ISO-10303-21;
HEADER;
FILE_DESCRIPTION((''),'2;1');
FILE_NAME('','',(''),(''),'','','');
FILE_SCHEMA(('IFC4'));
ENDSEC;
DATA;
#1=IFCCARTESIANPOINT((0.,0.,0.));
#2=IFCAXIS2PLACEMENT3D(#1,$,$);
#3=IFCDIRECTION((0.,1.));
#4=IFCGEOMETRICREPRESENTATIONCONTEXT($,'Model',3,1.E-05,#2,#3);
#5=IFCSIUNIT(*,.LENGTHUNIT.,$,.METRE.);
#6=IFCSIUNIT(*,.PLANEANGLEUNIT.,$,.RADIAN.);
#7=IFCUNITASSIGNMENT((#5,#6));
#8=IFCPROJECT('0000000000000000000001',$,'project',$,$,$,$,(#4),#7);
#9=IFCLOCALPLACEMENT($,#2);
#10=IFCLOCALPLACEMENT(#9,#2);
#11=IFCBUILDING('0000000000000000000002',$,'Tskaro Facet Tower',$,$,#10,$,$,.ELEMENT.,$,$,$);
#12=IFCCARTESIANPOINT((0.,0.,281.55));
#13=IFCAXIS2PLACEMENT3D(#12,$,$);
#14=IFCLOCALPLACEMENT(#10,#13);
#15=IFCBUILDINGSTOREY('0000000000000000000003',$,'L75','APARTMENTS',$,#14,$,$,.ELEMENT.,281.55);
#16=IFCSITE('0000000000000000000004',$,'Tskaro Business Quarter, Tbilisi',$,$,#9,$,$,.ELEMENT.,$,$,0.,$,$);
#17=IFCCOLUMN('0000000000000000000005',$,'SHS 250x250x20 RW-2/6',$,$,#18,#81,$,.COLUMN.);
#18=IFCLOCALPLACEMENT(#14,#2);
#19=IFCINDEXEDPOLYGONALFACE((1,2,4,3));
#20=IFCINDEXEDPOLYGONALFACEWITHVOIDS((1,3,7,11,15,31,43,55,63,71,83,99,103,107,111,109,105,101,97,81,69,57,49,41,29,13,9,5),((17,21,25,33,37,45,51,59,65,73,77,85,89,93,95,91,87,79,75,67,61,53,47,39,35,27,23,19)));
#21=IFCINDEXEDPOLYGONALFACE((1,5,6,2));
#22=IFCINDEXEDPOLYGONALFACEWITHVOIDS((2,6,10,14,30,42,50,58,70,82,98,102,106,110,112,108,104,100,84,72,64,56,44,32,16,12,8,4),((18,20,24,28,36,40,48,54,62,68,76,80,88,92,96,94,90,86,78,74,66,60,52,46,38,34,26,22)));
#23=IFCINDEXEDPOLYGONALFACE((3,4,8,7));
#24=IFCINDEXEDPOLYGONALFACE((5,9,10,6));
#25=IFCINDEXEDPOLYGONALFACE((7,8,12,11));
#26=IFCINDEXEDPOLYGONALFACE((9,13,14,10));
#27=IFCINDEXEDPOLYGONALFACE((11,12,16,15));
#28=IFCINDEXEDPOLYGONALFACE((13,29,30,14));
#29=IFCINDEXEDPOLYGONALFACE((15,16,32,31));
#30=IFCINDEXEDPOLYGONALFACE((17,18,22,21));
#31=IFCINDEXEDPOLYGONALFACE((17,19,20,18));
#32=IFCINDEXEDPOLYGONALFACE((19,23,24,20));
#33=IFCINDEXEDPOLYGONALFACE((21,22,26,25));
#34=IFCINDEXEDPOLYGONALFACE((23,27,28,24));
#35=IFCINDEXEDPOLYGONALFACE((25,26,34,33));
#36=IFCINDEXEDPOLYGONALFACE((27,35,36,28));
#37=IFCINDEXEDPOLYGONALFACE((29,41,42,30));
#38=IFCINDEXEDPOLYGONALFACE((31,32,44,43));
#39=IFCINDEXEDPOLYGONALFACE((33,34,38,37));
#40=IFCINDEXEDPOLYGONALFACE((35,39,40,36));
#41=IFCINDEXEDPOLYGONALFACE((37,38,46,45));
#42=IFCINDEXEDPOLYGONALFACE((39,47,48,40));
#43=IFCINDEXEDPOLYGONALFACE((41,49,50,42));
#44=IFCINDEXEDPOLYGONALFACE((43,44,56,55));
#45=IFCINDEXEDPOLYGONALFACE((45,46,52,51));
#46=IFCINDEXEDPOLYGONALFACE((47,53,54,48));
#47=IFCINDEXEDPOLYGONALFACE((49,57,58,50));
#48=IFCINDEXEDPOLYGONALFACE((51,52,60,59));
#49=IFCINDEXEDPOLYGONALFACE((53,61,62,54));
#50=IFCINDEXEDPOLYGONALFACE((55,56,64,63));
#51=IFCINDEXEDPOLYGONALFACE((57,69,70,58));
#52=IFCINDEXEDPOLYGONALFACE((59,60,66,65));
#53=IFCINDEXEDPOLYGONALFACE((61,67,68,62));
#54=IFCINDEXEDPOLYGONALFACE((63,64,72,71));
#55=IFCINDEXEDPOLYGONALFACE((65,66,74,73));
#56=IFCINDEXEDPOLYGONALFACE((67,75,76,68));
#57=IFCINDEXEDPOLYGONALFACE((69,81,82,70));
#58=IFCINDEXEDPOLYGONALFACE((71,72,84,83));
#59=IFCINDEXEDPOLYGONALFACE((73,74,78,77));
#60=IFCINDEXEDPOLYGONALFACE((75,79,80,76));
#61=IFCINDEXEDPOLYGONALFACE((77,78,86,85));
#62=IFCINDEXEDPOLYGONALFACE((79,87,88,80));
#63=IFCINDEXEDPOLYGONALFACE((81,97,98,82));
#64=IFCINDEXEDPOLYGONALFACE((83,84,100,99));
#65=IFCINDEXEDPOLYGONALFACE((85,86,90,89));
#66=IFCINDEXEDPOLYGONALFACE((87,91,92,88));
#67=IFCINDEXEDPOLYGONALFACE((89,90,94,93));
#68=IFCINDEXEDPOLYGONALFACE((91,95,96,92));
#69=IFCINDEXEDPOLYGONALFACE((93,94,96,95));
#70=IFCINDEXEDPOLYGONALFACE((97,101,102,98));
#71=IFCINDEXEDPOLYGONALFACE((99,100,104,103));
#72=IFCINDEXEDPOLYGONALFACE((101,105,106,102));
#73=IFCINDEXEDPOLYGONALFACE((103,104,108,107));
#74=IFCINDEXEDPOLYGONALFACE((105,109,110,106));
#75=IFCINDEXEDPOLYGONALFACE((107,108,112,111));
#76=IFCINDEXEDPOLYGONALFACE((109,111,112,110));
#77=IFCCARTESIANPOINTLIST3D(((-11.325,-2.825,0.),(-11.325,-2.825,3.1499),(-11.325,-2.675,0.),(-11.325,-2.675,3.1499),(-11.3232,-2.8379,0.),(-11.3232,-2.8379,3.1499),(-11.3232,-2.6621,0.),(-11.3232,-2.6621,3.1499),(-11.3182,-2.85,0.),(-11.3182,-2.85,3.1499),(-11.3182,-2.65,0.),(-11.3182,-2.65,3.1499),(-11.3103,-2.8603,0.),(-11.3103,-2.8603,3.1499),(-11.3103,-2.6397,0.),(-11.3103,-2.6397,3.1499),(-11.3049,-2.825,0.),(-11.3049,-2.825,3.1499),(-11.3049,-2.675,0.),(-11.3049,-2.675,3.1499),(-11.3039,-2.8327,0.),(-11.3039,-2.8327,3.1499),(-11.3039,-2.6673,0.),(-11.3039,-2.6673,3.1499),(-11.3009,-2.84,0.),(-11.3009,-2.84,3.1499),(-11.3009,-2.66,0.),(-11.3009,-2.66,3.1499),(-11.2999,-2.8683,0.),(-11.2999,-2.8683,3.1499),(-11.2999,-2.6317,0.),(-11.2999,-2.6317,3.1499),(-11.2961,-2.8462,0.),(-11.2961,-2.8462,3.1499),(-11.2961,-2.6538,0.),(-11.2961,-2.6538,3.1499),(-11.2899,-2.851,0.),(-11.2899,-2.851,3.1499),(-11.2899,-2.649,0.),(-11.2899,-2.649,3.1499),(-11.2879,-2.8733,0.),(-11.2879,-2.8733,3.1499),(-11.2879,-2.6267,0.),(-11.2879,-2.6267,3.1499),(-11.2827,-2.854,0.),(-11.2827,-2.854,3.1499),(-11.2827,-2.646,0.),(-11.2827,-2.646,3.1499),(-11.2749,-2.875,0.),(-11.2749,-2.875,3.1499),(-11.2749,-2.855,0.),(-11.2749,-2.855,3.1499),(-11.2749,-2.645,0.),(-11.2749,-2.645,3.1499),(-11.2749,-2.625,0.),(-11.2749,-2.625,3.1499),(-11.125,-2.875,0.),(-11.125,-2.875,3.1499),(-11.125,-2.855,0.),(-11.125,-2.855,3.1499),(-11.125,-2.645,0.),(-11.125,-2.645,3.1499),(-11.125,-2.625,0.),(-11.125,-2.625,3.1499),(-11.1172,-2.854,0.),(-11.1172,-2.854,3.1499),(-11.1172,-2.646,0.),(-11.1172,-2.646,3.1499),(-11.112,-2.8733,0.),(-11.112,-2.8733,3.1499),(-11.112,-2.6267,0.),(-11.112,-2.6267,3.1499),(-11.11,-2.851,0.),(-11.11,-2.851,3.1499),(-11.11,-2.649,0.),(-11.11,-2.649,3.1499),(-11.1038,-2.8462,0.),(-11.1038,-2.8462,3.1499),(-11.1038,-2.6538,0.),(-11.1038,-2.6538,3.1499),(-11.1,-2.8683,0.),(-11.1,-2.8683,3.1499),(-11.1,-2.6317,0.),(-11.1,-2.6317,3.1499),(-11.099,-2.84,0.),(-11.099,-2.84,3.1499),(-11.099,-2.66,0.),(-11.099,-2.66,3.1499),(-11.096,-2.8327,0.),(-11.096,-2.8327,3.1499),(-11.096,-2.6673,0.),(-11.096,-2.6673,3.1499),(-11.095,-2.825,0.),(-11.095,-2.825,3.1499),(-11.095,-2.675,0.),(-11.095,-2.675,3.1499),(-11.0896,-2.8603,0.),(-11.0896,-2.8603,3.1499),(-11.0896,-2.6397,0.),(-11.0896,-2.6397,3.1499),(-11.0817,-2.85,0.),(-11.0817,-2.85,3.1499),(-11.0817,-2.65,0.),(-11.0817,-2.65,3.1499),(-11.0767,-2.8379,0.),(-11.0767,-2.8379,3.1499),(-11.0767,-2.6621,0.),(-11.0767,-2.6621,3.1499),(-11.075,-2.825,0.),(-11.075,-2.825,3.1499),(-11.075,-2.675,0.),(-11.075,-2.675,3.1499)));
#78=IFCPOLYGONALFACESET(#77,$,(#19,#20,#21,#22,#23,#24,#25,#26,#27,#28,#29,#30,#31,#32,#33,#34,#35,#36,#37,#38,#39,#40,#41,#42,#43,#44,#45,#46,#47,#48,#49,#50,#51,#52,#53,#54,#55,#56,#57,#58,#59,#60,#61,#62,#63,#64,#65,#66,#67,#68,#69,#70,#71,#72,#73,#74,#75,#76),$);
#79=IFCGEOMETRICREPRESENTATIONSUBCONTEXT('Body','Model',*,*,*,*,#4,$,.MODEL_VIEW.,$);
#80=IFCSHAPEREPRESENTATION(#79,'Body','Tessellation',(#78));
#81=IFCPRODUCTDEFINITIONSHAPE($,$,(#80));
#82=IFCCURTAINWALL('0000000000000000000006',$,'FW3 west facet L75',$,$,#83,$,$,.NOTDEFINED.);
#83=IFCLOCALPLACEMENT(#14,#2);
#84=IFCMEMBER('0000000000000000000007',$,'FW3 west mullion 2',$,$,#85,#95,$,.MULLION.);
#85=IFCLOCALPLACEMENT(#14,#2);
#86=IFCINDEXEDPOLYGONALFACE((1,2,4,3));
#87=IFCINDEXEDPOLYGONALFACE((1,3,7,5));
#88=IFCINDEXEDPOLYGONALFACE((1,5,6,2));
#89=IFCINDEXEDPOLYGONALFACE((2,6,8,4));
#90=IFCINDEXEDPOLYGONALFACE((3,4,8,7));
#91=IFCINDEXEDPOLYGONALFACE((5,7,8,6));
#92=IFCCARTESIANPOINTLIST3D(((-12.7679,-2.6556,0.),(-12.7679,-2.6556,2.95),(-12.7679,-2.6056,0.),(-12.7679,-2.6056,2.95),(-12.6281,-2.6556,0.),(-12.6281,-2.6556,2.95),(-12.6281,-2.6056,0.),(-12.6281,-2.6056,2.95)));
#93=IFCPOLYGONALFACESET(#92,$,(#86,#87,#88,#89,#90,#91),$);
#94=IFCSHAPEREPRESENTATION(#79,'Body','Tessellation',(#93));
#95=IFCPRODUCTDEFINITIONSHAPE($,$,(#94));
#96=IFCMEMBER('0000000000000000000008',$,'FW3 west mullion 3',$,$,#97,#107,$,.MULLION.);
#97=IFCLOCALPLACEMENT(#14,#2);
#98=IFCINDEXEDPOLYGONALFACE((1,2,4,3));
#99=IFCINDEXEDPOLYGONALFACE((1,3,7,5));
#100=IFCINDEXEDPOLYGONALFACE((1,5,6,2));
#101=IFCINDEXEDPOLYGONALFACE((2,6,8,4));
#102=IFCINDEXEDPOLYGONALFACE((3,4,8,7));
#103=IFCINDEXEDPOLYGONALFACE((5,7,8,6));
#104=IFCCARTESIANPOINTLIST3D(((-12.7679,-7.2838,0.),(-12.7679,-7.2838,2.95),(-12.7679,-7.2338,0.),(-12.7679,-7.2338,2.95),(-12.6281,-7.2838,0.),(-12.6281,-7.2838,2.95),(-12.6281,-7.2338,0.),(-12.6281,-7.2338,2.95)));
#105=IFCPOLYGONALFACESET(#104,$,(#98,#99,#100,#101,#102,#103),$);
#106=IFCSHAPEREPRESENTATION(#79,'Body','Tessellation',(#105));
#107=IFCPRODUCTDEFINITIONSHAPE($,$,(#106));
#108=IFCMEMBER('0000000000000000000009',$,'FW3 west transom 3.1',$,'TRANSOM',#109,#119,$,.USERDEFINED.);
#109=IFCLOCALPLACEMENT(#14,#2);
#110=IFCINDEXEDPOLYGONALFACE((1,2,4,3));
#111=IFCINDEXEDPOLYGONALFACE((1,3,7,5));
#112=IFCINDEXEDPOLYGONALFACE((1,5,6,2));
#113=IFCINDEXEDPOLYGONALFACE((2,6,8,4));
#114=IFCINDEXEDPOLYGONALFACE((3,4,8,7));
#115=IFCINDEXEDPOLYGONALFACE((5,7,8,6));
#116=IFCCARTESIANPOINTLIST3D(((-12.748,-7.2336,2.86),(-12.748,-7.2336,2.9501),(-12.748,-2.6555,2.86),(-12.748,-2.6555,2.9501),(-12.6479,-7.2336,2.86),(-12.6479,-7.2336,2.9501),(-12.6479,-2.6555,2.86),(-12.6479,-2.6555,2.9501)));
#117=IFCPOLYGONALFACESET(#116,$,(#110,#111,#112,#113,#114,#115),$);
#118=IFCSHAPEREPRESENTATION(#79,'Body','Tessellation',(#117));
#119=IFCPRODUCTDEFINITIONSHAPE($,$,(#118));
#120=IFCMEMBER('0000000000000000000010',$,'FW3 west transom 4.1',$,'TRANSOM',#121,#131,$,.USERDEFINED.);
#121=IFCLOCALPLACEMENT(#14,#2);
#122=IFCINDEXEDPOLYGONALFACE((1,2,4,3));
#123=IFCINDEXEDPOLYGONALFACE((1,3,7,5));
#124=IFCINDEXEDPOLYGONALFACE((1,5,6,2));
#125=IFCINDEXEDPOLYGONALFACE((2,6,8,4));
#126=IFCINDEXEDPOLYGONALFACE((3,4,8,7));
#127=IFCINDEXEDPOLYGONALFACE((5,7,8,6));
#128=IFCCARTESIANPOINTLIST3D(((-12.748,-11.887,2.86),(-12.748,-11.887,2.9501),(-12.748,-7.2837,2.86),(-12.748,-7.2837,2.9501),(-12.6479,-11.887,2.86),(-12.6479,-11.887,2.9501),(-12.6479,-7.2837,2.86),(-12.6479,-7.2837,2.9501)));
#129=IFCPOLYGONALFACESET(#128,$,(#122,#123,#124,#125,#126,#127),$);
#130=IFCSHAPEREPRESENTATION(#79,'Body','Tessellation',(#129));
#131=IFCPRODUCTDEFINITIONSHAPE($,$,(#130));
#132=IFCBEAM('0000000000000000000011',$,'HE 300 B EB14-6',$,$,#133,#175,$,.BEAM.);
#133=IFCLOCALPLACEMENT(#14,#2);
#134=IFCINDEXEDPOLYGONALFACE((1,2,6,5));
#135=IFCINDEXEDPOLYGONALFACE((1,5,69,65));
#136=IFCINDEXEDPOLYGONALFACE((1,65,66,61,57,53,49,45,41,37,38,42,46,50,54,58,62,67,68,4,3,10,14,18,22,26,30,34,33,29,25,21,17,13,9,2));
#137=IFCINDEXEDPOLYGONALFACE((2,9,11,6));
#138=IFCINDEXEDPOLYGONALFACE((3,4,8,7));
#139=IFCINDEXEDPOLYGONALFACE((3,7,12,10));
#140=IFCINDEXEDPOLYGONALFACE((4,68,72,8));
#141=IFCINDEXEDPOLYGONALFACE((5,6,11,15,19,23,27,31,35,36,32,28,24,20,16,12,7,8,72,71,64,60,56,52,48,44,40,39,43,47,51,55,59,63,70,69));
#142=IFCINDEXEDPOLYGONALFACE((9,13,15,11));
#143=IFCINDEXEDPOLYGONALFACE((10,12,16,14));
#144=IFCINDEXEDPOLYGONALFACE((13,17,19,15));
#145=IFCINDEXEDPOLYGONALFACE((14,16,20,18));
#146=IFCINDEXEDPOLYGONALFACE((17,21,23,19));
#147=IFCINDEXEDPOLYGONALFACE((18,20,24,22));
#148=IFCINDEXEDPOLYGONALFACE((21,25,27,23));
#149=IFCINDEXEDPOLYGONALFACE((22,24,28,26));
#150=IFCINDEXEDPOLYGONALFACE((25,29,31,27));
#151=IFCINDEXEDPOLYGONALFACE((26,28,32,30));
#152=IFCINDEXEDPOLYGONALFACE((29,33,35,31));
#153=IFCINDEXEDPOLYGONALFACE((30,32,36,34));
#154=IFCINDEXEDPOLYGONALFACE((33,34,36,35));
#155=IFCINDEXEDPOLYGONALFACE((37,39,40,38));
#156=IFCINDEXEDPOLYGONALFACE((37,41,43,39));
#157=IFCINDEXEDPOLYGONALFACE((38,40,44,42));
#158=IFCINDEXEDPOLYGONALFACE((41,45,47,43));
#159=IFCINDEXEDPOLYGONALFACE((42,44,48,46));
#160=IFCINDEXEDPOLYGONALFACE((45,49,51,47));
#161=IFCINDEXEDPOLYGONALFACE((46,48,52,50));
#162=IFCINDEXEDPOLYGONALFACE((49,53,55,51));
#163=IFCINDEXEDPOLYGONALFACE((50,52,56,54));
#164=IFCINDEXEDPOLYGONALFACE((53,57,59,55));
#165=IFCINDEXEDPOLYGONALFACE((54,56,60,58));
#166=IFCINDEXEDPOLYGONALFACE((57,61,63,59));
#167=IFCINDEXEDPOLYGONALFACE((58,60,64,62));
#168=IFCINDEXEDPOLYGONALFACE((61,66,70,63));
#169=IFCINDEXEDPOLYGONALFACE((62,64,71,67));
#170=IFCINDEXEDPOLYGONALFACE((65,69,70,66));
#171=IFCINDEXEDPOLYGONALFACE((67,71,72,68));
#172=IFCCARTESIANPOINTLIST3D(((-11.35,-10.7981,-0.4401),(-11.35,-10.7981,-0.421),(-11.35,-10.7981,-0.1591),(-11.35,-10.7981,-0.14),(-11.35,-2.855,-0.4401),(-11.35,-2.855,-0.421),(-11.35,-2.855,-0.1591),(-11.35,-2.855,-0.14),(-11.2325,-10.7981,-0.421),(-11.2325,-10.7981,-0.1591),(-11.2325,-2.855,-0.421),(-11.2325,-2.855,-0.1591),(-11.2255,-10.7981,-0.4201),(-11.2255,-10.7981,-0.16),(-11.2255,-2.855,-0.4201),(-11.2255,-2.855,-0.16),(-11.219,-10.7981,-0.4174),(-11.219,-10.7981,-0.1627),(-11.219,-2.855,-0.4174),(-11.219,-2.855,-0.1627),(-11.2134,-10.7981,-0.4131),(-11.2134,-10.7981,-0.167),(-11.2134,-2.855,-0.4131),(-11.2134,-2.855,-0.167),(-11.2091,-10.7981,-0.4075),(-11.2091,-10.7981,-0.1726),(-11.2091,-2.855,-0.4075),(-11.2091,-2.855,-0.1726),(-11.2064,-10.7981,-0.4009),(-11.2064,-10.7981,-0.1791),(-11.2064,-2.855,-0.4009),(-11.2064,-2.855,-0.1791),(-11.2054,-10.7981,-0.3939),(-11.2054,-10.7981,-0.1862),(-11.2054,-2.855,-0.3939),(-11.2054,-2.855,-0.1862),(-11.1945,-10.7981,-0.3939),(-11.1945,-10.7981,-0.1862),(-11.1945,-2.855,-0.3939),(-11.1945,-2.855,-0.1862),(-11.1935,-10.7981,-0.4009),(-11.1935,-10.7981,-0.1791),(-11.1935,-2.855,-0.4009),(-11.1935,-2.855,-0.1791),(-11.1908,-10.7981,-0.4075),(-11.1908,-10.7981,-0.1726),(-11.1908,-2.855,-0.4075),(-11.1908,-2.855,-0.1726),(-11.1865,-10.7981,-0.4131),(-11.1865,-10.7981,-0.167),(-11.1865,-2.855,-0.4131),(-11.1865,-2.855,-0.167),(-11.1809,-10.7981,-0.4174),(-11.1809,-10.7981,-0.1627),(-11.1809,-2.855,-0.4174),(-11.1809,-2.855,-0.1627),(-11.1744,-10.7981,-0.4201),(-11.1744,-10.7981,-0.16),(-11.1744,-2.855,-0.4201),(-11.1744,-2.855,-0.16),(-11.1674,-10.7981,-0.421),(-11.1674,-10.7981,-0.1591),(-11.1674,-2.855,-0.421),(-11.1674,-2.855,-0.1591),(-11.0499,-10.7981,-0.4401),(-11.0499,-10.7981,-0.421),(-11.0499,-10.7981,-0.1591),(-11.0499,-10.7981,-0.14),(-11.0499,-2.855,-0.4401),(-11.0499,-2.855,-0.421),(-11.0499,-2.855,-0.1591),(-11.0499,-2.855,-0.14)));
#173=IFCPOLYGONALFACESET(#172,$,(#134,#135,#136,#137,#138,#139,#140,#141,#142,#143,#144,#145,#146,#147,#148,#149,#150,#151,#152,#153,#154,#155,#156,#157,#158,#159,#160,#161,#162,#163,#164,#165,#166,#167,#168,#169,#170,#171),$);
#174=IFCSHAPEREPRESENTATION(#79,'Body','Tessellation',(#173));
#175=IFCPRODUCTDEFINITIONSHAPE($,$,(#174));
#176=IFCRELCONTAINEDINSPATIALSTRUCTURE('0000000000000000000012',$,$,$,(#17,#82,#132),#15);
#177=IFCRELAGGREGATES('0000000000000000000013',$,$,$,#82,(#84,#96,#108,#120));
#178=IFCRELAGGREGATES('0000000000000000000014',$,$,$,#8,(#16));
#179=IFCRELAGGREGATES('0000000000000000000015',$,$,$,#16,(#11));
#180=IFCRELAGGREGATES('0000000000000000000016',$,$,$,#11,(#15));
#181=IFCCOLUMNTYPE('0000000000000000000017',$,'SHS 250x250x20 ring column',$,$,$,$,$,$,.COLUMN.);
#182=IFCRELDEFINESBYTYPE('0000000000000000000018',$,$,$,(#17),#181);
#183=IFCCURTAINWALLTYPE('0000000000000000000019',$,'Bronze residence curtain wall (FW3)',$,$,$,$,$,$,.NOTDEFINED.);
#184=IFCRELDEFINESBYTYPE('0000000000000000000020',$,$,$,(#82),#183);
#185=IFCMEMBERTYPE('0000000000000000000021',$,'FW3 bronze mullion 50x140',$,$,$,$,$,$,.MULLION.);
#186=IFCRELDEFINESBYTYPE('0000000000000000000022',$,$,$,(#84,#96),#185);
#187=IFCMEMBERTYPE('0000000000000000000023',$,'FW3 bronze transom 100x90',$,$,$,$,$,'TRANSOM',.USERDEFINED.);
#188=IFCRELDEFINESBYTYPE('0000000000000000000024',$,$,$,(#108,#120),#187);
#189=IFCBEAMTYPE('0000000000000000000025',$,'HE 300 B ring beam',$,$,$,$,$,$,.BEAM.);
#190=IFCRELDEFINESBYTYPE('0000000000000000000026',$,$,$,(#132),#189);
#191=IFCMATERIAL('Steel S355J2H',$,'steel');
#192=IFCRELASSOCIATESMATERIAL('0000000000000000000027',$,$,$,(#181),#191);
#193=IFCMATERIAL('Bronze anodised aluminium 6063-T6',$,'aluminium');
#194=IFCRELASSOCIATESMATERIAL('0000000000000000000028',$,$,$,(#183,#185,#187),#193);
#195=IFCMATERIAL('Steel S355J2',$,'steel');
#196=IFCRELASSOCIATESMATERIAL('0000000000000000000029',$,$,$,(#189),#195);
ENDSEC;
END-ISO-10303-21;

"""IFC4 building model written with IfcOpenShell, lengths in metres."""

from ifc_helpers import new_model, si_unit, direction, frame, origin, origin_2d, place, context, subcontext, project, spatial, rectangle, hollow_rectangle, i_section, extrude, material, material_profile, profile_set, type_object, element, aggregate, save


model = new_model("IFC4")

# Units and contexts
model_context = context("Model", 3, precision=1e-05, world=origin(), true_north=direction((0.0, 1.0)))
body_context = subcontext(model_context, "Body", "Model", "MODEL_VIEW")
ifc_project = project(units=[si_unit("LENGTHUNIT", "METRE"), si_unit("PLANEANGLEUNIT", "RADIAN")], contexts=[model_context])

# Site, building, storey
site_placement = place(None, origin())
site = spatial("IfcSite", under=ifc_project, at=site_placement, Name="Tskaro Business Quarter, Tbilisi", CompositionType="ELEMENT", RefElevation=0.0)
building_placement = place(site_placement, origin())
building = spatial("IfcBuilding", under=site, at=building_placement, Name="Tskaro Facet Tower", CompositionType="ELEMENT")
storey_placement = place(building_placement, frame((0.0, 0.0, 281.55)))
storey = spatial("IfcBuildingStorey", under=building, at=storey_placement, Name="L75", Description="APARTMENTS", CompositionType="ELEMENT", Elevation=281.55)

# Column
ifc_material_1 = material(Name="Steel S355J2H", Category="steel")
ifc_material_profile_1 = material_profile(ifc_material_1, hollow_rectangle(XDim=0.25, YDim=0.25, WallThickness=0.02, InnerFilletRadius=0.03, OuterFilletRadius=0.05, at=origin_2d()), Name="SHS 250x250x20")
ifc_profile_set_1 = profile_set([ifc_material_profile_1], Name="Steel S355J2H")
column_type = type_object("IfcColumnType", Name="SHS 250x250x20 ring column", PredefinedType="COLUMN", material=ifc_profile_set_1)
column_placement = place(storey_placement, frame((-11.2, -2.75, 0.0), z_axis=(0.0, 0.0, 1.0), x_axis=(1.0, 0.0, 0.0)))
element("IfcColumn", 1, at=column_placement, inside=storey, type_object=column_type, Name="SHS 250x250x20 RW-2/6", PredefinedType="COLUMN", context=body_context, shape_type="SweptSolid", body=[
    extrude(hollow_rectangle(XDim=0.25, YDim=0.25, WallThickness=0.02, InnerFilletRadius=0.03, OuterFilletRadius=0.05, at=origin_2d()), origin(), (0.0, 0.0, 1.0), 3.1499),
])

# Curtain wall, members
ifc_material_2 = material(Name="Bronze anodised aluminium 6063-T6", Category="aluminium")
curtain_wall_type = type_object("IfcCurtainWallType", Name="Bronze residence curtain wall (FW3)", PredefinedType="NOTDEFINED", material=ifc_material_2)
curtain_wall_placement = place(storey_placement, origin())
curtain_wall = element("IfcCurtainWall", 2, at=curtain_wall_placement, inside=storey, type_object=curtain_wall_type, Name="FW3 west facet L75", PredefinedType="NOTDEFINED")
ifc_material_profile_2 = material_profile(ifc_material_2, rectangle(XDim=0.05, YDim=0.1399, at=origin_2d()), Name="Mullion 50x140")
ifc_profile_set_2 = profile_set([ifc_material_profile_2], Name="Bronze anodised aluminium 6063-T6")
member_type_1 = type_object("IfcMemberType", Name="FW3 bronze mullion 50x140", PredefinedType="MULLION", material=ifc_profile_set_2)
member_1_placement = place(storey_placement, frame((-12.698, -2.6306, 0.0), z_axis=(0.0, 0.0, 1.0), x_axis=(0.0, -1.0, 0.0)))
member_1 = element("IfcMember", 3, at=member_1_placement, type_object=member_type_1, Name="FW3 west mullion 2", PredefinedType="MULLION", context=body_context, shape_type="SweptSolid", body=[
    extrude(rectangle(XDim=0.05, YDim=0.1399, at=origin_2d()), origin(), (0.0, 0.0, 1.0), 2.95),
])
member_2_placement = place(storey_placement, frame((-12.698, -7.2588, 0.0), z_axis=(0.0, 0.0, 1.0), x_axis=(0.0, -1.0, 0.0)))
member_2 = element("IfcMember", 4, at=member_2_placement, type_object=member_type_1, Name="FW3 west mullion 3", PredefinedType="MULLION", context=body_context, shape_type="SweptSolid", body=[
    extrude(rectangle(XDim=0.05, YDim=0.1399, at=origin_2d()), origin(), (0.0, 0.0, 1.0), 2.95),
])
ifc_material_profile_3 = material_profile(ifc_material_2, rectangle(XDim=0.1001, YDim=0.0901, at=origin_2d()), Name="Transom 100x90")
ifc_profile_set_3 = profile_set([ifc_material_profile_3], Name="Bronze anodised aluminium 6063-T6")
member_type_2 = type_object("IfcMemberType", Name="FW3 bronze transom 100x90", ElementType="TRANSOM", PredefinedType="USERDEFINED", material=ifc_profile_set_3)
member_3_placement = place(storey_placement, frame((-12.698, -2.6555, 2.905), z_axis=(0.0, -1.0, 0.0), x_axis=(1.0, 0.0, 0.0)))
member_3 = element("IfcMember", 5, at=member_3_placement, type_object=member_type_2, Name="FW3 west transom 3.1", ObjectType="TRANSOM", PredefinedType="USERDEFINED", context=body_context, shape_type="SweptSolid", body=[
    extrude(rectangle(XDim=0.1001, YDim=0.0901, at=origin_2d()), origin(), (0.0, 0.0, 1.0), 4.5781),
])
member_4_placement = place(storey_placement, frame((-12.698, -7.2837, 2.905), z_axis=(0.0, -1.0, 0.0), x_axis=(1.0, 0.0, 0.0)))
member_4 = element("IfcMember", 6, at=member_4_placement, type_object=member_type_2, Name="FW3 west transom 4.1", ObjectType="TRANSOM", PredefinedType="USERDEFINED", context=body_context, shape_type="SweptSolid", body=[
    extrude(rectangle(XDim=0.1001, YDim=0.0901, at=origin_2d()), origin(), (0.0, 0.0, 1.0), 4.6033),
])

# Beam
ifc_material_3 = material(Name="Steel S355J2", Category="steel")
ifc_material_profile_4 = material_profile(ifc_material_3, i_section(OverallWidth=0.3, OverallDepth=0.3, WebThickness=0.011, FlangeThickness=0.019, FilletRadius=0.0271, at=origin_2d()), Name="HE 300 B")
ifc_profile_set_4 = profile_set([ifc_material_profile_4], Name="Steel S355J2")
beam_type_1 = type_object("IfcBeamType", Name="HE 300 B ring beam", PredefinedType="BEAM", material=ifc_profile_set_4)
beam_1_placement = place(storey_placement, frame((-11.2, -2.855, -0.29), z_axis=(0.0, -1.0, 0.0), x_axis=(1.0, 0.0, 0.0)))
element("IfcBeam", 7, at=beam_1_placement, inside=storey, type_object=beam_type_1, Name="HE 300 B EB14-6", PredefinedType="BEAM", context=body_context, shape_type="SweptSolid", body=[
    extrude(i_section(OverallWidth=0.3, OverallDepth=0.3, WebThickness=0.011, FlangeThickness=0.019, FilletRadius=0.0271, at=origin_2d()), origin(), (0.0, 0.0, 1.0), 7.9431),
])

aggregate(curtain_wall, [member_1, member_2, member_3, member_4])

save(model, "model.ifc")
